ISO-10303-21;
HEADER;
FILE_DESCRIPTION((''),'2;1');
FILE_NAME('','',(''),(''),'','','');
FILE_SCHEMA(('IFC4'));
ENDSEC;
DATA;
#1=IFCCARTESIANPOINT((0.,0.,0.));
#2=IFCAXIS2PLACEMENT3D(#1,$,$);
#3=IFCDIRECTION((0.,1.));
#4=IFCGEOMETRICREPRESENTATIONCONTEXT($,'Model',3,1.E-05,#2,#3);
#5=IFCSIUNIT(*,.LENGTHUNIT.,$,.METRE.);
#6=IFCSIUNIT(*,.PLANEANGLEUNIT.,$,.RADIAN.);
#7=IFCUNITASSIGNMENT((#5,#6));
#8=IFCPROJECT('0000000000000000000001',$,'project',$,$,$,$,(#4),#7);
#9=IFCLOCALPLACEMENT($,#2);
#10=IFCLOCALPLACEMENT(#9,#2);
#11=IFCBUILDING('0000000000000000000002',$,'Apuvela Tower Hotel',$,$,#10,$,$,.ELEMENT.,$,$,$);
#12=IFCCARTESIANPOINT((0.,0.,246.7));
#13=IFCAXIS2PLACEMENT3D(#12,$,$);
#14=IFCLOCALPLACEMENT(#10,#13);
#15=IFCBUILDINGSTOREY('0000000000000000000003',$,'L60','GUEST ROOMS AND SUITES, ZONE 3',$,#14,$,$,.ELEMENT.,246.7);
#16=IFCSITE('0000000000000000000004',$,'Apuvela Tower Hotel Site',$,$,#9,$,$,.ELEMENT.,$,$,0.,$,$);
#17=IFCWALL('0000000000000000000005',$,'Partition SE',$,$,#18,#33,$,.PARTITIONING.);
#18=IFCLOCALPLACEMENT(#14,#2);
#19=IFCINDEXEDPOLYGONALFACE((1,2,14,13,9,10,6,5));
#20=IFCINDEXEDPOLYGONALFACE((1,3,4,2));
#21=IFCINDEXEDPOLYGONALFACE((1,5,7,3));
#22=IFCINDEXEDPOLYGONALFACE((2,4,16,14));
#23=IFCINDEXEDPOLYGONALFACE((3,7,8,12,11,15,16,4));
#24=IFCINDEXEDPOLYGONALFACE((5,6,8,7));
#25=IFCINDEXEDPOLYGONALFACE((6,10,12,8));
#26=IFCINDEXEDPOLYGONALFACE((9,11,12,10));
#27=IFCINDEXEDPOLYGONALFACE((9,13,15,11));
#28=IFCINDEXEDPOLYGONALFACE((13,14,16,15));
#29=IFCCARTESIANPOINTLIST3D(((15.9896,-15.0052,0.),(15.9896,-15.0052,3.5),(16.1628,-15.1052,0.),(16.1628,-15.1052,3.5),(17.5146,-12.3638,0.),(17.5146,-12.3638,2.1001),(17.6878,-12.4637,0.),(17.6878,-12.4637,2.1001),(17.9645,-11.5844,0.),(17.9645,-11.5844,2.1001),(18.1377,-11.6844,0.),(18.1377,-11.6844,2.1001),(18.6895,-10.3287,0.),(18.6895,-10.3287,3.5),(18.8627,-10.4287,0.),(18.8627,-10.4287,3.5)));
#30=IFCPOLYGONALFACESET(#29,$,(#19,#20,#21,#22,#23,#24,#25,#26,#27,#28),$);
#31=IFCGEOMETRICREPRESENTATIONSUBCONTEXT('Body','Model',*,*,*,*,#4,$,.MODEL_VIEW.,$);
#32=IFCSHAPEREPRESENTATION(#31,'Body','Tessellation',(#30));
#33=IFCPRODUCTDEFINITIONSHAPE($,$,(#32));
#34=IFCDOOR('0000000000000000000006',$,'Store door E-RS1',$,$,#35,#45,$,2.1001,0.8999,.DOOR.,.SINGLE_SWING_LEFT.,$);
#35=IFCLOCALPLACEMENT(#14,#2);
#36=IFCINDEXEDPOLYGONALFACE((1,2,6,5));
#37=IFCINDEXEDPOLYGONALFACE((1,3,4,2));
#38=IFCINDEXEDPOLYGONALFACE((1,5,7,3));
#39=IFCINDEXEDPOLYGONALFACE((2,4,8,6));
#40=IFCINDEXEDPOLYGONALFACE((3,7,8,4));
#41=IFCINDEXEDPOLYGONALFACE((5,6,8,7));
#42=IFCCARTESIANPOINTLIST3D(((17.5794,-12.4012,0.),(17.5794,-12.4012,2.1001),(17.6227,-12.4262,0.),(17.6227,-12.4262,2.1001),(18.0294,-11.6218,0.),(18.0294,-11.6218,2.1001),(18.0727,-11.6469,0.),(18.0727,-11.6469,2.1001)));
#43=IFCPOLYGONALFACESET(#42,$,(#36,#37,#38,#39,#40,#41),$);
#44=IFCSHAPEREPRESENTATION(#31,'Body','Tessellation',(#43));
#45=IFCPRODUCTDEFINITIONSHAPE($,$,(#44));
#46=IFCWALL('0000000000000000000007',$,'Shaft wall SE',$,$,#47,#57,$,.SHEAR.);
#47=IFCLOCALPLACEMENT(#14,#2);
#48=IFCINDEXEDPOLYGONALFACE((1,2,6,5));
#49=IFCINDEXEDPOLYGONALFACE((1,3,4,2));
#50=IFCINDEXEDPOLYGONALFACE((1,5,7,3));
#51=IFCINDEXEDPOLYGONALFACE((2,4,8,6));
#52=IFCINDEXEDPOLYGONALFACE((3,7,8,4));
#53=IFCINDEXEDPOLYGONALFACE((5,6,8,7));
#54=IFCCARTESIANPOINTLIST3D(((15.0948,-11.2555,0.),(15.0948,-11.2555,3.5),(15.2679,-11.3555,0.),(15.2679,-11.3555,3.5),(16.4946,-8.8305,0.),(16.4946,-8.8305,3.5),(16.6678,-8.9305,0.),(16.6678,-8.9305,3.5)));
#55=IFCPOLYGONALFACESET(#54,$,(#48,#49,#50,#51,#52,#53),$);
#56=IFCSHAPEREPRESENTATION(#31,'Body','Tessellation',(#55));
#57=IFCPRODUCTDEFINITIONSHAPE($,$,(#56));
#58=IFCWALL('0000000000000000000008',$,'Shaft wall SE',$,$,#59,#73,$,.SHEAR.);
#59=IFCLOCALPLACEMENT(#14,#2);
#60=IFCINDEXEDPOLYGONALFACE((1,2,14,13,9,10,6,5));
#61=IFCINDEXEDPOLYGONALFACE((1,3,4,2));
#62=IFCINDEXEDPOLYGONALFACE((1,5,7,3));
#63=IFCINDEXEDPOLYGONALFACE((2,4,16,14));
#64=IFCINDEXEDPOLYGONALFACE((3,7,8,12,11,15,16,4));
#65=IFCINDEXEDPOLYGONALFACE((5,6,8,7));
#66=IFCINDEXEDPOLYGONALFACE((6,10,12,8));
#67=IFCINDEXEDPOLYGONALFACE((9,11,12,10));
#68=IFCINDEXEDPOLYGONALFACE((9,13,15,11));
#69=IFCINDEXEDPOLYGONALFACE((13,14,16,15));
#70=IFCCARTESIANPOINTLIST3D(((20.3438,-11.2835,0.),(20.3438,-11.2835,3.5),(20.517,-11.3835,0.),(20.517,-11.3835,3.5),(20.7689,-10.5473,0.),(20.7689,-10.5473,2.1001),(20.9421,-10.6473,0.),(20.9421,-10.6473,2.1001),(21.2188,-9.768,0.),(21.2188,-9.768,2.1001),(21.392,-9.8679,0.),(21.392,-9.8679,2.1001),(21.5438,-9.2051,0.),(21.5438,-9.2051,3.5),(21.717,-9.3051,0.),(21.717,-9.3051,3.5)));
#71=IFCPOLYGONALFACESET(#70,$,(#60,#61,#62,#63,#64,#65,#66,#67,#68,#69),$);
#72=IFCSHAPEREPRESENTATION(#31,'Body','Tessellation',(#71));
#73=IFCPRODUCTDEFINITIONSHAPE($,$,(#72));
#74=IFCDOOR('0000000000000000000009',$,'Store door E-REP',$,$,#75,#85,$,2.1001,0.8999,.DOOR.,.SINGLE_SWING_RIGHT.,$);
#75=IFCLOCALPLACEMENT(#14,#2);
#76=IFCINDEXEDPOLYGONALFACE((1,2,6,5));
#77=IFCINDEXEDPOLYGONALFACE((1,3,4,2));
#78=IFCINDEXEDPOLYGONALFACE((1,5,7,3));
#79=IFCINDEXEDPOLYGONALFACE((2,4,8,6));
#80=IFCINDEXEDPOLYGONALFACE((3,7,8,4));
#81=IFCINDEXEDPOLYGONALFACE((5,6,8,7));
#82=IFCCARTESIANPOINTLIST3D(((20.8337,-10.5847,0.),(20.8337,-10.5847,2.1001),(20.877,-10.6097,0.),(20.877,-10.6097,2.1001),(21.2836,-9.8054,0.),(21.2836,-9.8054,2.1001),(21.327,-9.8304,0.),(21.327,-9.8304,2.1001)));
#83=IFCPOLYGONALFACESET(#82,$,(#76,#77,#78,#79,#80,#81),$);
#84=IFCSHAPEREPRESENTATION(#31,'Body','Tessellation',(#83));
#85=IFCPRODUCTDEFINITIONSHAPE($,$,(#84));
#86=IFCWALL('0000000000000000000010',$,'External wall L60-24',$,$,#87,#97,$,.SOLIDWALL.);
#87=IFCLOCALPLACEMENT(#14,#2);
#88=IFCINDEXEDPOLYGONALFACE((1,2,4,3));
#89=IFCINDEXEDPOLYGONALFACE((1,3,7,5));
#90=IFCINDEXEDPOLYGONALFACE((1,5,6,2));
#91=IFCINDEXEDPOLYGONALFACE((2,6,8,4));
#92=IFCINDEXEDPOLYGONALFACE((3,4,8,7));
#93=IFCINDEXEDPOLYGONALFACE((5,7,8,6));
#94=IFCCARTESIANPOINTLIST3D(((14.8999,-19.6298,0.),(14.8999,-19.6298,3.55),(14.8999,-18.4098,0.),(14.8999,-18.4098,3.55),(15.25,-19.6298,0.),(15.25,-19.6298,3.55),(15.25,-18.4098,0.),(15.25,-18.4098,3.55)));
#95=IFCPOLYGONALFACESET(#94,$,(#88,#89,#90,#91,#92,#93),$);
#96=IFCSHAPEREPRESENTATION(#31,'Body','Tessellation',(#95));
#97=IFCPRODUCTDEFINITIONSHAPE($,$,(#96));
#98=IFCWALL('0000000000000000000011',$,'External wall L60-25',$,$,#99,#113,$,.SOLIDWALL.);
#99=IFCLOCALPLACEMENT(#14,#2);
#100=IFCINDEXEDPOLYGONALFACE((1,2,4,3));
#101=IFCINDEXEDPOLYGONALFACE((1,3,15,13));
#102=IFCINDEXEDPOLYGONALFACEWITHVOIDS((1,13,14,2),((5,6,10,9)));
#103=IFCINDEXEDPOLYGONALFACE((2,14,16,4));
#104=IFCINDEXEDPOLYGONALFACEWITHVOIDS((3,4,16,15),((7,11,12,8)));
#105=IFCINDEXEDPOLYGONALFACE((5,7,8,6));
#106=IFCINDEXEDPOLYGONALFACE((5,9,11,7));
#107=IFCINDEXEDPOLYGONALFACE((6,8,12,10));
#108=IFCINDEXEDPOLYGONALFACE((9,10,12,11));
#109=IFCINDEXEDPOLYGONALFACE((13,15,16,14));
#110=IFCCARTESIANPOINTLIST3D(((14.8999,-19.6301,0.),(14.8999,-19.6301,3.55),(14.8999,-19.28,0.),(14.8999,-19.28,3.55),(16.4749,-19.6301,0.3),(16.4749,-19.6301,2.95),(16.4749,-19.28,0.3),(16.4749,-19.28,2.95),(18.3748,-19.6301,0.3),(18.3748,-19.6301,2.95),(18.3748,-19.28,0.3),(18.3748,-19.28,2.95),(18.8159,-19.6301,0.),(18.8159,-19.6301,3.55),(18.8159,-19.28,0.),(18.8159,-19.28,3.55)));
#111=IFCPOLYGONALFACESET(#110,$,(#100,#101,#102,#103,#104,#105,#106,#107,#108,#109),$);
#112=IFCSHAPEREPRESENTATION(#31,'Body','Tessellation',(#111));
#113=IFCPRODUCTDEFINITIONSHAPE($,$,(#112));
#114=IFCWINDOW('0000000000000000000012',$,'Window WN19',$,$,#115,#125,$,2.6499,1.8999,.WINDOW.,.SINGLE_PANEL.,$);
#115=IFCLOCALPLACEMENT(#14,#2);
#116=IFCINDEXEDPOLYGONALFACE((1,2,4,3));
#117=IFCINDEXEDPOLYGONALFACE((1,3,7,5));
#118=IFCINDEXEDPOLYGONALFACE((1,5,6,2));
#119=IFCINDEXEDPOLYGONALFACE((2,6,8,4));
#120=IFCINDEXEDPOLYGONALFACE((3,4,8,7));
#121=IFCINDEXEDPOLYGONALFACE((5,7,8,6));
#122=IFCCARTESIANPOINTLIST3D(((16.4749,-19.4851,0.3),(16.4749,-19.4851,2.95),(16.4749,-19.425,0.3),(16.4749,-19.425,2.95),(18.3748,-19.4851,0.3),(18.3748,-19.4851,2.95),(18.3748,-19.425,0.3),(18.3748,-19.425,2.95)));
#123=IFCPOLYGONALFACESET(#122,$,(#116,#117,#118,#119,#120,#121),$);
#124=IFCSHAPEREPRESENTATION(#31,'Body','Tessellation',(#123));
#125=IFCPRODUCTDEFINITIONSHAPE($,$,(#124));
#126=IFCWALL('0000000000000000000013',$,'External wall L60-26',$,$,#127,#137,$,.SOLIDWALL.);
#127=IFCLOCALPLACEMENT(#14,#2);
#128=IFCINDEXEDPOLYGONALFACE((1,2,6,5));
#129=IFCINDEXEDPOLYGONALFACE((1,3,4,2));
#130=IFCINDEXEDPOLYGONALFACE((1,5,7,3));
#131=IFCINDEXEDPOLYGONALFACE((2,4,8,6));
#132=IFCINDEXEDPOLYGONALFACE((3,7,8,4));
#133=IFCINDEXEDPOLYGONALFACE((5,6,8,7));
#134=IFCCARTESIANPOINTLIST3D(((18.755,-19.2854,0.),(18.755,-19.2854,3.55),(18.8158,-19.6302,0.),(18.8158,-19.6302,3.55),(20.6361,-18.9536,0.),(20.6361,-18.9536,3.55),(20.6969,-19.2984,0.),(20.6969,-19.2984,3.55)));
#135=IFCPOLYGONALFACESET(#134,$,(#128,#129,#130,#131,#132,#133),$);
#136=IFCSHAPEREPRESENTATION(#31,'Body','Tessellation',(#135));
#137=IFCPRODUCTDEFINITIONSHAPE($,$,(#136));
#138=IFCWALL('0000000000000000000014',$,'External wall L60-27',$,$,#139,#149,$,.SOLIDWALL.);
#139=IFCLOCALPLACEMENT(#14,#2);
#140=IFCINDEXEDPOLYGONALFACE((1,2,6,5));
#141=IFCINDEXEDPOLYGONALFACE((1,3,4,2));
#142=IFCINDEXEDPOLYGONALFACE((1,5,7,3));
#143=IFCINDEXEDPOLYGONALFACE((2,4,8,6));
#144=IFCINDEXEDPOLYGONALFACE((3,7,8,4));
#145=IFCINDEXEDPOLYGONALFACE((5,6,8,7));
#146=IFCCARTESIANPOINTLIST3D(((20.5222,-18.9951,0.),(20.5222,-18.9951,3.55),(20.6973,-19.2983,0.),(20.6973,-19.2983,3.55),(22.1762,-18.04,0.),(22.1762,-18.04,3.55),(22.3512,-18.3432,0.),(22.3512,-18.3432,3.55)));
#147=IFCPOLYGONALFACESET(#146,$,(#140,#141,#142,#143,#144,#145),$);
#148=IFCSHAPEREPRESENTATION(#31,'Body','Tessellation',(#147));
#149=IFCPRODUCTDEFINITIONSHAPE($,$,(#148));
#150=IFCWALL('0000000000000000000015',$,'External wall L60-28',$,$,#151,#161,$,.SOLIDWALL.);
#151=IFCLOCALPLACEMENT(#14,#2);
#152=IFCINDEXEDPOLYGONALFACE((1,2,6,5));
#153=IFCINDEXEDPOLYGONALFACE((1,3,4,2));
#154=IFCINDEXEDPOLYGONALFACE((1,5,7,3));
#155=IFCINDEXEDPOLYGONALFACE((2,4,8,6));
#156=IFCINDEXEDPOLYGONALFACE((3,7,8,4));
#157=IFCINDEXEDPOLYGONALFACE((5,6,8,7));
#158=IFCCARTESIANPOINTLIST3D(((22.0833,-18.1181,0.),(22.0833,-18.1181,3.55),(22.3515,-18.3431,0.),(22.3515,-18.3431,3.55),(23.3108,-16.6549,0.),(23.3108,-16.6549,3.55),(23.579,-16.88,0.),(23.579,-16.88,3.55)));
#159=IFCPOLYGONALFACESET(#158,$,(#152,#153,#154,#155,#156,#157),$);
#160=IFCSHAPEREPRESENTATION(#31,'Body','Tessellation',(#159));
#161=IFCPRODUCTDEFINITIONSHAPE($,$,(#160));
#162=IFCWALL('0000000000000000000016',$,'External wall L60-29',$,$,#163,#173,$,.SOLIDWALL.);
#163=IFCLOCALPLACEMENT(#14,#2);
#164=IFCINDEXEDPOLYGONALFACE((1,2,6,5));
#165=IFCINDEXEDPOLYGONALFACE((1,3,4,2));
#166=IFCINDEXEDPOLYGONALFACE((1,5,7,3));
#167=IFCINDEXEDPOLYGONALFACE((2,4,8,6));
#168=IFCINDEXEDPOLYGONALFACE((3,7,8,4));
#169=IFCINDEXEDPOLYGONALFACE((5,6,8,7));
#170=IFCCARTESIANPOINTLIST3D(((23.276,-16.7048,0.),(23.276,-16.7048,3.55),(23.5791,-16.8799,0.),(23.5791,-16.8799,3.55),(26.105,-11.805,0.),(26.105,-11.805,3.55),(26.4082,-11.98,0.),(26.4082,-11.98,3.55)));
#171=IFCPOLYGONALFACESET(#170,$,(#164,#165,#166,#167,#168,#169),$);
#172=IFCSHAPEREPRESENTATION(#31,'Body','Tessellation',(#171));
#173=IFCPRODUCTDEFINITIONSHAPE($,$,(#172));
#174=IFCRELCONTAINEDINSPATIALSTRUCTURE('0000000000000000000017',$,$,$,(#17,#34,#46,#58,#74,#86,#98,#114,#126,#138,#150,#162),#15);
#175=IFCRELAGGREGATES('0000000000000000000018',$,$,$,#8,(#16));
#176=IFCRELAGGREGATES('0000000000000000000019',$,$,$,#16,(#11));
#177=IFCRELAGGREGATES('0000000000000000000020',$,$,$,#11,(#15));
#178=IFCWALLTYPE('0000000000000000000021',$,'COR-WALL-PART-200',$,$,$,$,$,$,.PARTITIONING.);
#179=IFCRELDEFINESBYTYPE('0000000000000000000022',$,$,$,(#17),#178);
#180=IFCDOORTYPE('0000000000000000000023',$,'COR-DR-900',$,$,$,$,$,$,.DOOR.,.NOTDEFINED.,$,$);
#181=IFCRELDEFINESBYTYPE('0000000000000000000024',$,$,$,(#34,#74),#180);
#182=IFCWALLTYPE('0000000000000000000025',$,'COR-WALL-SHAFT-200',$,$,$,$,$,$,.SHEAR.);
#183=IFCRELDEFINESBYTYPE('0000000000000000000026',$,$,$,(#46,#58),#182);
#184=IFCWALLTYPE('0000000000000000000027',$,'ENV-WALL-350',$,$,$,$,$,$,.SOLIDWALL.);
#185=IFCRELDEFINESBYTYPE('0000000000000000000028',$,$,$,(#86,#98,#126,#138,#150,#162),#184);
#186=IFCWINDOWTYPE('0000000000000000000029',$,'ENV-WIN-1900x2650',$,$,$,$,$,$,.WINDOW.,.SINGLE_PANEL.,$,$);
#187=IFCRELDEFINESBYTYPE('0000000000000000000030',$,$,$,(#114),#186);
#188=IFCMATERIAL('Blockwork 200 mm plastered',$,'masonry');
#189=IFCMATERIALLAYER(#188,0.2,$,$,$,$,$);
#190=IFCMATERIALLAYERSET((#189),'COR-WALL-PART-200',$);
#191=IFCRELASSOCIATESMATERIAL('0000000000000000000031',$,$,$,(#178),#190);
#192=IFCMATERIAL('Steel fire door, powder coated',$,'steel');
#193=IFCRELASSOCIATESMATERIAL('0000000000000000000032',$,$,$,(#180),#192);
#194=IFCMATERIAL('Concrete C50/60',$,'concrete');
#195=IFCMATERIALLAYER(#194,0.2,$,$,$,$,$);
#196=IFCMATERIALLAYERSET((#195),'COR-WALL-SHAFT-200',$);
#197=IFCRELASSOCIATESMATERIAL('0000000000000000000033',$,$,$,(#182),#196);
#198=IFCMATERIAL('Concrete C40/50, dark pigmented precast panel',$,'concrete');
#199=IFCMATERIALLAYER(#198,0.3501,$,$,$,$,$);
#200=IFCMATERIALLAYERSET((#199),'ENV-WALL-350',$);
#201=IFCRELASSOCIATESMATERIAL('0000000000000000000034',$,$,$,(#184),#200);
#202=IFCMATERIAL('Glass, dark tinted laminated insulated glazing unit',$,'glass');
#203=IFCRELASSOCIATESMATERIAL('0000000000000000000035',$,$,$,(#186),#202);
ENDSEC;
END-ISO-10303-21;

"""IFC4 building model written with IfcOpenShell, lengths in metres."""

from ifc_helpers import new_model, si_unit, direction, frame, frame_2d, origin, place, context, subcontext, project, spatial, rectangle, extrude, material, layer, layer_set, type_object, element, fill, save


model = new_model("IFC4")

# Units and contexts
model_context = context("Model", 3, precision=1e-05, world=origin(), true_north=direction((0.0, 1.0)))
body_context = subcontext(model_context, "Body", "Model", "MODEL_VIEW")
ifc_project = project(units=[si_unit("LENGTHUNIT", "METRE"), si_unit("PLANEANGLEUNIT", "RADIAN")], contexts=[model_context])

# Site, building, storey
site_placement = place(None, origin())
site = spatial("IfcSite", under=ifc_project, at=site_placement, Name="Apuvela Tower Hotel Site", CompositionType="ELEMENT", RefElevation=0.0)
building_placement = place(site_placement, origin())
building = spatial("IfcBuilding", under=site, at=building_placement, Name="Apuvela Tower Hotel", CompositionType="ELEMENT")
storey_placement = place(building_placement, frame((0.0, 0.0, 246.7)))
storey = spatial("IfcBuildingStorey", under=building, at=storey_placement, Name="L60", Description="GUEST ROOMS AND SUITES, ZONE 3", CompositionType="ELEMENT", Elevation=246.7)

# Wall, opening, door
ifc_material_1 = material(Name="Blockwork 200 mm plastered", Category="masonry")
ifc_layer_1 = layer(ifc_material_1, 0.2)
ifc_layer_set_1 = layer_set([ifc_layer_1], Name="COR-WALL-PART-200")
wall_type_1 = type_object("IfcWallType", Name="COR-WALL-PART-200", PredefinedType="PARTITIONING", material=ifc_layer_set_1)
wall_1_placement = place(storey_placement, frame((16.0762, -15.0552, 0.0), z_axis=(0.0, 0.0, 1.0), x_axis=(0.499995, 0.866028, 0.0)))
wall_1 = element("IfcWall", 1, at=wall_1_placement, inside=storey, type_object=wall_type_1, Name="Partition SE", PredefinedType="PARTITIONING", context=body_context, shape_type="SweptSolid", body=[
    extrude(rectangle(XDim=5.3999, YDim=0.2, at=frame_2d((2.7, 0.0))), origin(), (0.0, 0.0, 1.0), 3.5),
])
opening_1_placement = place(wall_1_placement, frame((3.05, 0.0, 0.0)))
opening_1 = element("IfcOpeningElement", 2, at=opening_1_placement, cuts=wall_1, PredefinedType="OPENING", context=body_context, shape_type="SweptSolid", body=[
    extrude(rectangle(XDim=0.8999, YDim=2.1001, at=frame_2d((0.45, 1.05))), frame((0.0, 0.1099, 0.0), z_axis=(0.0, -1.0, 0.0), x_axis=(1.0, 0.0, 0.0)), (0.0, 0.0, 1.0), 0.22),
])
ifc_material_2 = material(Name="Steel fire door, powder coated", Category="steel")
door_type_1 = type_object("IfcDoorType", Name="COR-DR-900", OperationType="NOTDEFINED", PredefinedType="DOOR", material=ifc_material_2)
door_1_placement = place(opening_1_placement, frame((0.8999, 0.0, 0.0), z_axis=(0.0, 0.0, 1.0), x_axis=(-1.0, 0.0, 0.0)))
door_1 = element("IfcDoor", 3, at=door_1_placement, inside=storey, type_object=door_type_1, Name="Store door E-RS1", OperationType="SINGLE_SWING_LEFT", OverallHeight=2.1001, OverallWidth=0.8999, PredefinedType="DOOR", context=body_context, shape_type="SweptSolid", body=[
    extrude(rectangle(XDim=0.8999, YDim=2.1001, at=frame_2d((0.45, 1.05))), frame((0.0, 0.0249, 0.0), z_axis=(0.0, -1.0, 0.0), x_axis=(1.0, 0.0, 0.0)), (0.0, 0.0, 1.0), 0.05),
])
fill(opening_1, door_1)

# Wall
ifc_material_3 = material(Name="Concrete C50/60", Category="concrete")
ifc_layer_2 = layer(ifc_material_3, 0.2)
ifc_layer_set_2 = layer_set([ifc_layer_2], Name="COR-WALL-SHAFT-200")
wall_type_2 = type_object("IfcWallType", Name="COR-WALL-SHAFT-200", PredefinedType="SHEAR", material=ifc_layer_set_2)
wall_2_placement = place(storey_placement, frame((15.1814, -11.3054, 0.0), z_axis=(0.0, 0.0, 1.0), x_axis=(0.499946, 0.866056, 0.0)))
element("IfcWall", 4, at=wall_2_placement, inside=storey, type_object=wall_type_2, Name="Shaft wall SE", PredefinedType="SHEAR", context=body_context, shape_type="SweptSolid", body=[
    extrude(rectangle(XDim=2.8, YDim=0.2, at=frame_2d((1.3999, 0.0))), origin(), (0.0, 0.0, 1.0), 3.5),
])

# Wall, opening, door
wall_3_placement = place(storey_placement, frame((20.4304, -11.3335, 0.0), z_axis=(0.0, 0.0, 1.0), x_axis=(0.500001, 0.866025, 0.0)))
wall_3 = element("IfcWall", 5, at=wall_3_placement, inside=storey, type_object=wall_type_2, Name="Shaft wall SE", PredefinedType="SHEAR", context=body_context, shape_type="SweptSolid", body=[
    extrude(rectangle(XDim=2.3999, YDim=0.2, at=frame_2d((1.2, 0.0))), origin(), (0.0, 0.0, 1.0), 3.5),
])
opening_2_placement = place(wall_3_placement, frame((0.8501, 0.0, 0.0)))
opening_2 = element("IfcOpeningElement", 6, at=opening_2_placement, cuts=wall_3, PredefinedType="OPENING", context=body_context, shape_type="SweptSolid", body=[
    extrude(rectangle(XDim=0.8999, YDim=2.1001, at=frame_2d((0.45, 1.05))), frame((0.0, 0.1099, 0.0), z_axis=(0.0, -1.0, 0.0), x_axis=(1.0, 0.0, 0.0)), (0.0, 0.0, 1.0), 0.22),
])
door_2_placement = place(opening_2_placement, frame((0.8999, 0.0, 0.0), z_axis=(0.0, 0.0, 1.0), x_axis=(-1.0, 0.0, 0.0)))
door_2 = element("IfcDoor", 7, at=door_2_placement, inside=storey, type_object=door_type_1, Name="Store door E-REP", OperationType="SINGLE_SWING_RIGHT", OverallHeight=2.1001, OverallWidth=0.8999, PredefinedType="DOOR", context=body_context, shape_type="SweptSolid", body=[
    extrude(rectangle(XDim=0.8999, YDim=2.1001, at=frame_2d((0.45, 1.05))), frame((0.0, 0.0249, 0.0), z_axis=(0.0, -1.0, 0.0), x_axis=(1.0, 0.0, 0.0)), (0.0, 0.0, 1.0), 0.05),
])
fill(opening_2, door_2)

# Wall
ifc_material_4 = material(Name="Concrete C40/50, dark pigmented precast panel", Category="concrete")
ifc_layer_3 = layer(ifc_material_4, 0.3501)
ifc_layer_set_3 = layer_set([ifc_layer_3], Name="ENV-WALL-350")
wall_type_3 = type_object("IfcWallType", Name="ENV-WALL-350", PredefinedType="SOLIDWALL", material=ifc_layer_set_3)
wall_4_placement = place(storey_placement, frame((15.075, -18.4099, 0.0), z_axis=(0.0, 0.0, 1.0), x_axis=(0.0, -1.0, 0.0)))
element("IfcWall", 8, at=wall_4_placement, inside=storey, type_object=wall_type_3, Name="External wall L60-24", PredefinedType="SOLIDWALL", context=body_context, shape_type="SweptSolid", body=[
    extrude(rectangle(XDim=1.22, YDim=0.3501, at=frame_2d((0.6099, 0.0))), origin(), (0.0, 0.0, 1.0), 3.55),
])

# Wall, opening, window
wall_5_placement = place(storey_placement, frame((14.8999, -19.4551, 0.0), z_axis=(0.0, 0.0, 1.0), x_axis=(1.0, 0.0, 0.0)))
wall_5 = element("IfcWall", 9, at=wall_5_placement, inside=storey, type_object=wall_type_3, Name="External wall L60-25", PredefinedType="SOLIDWALL", context=body_context, shape_type="SweptSolid", body=[
    extrude(rectangle(XDim=3.916, YDim=0.3501, at=frame_2d((1.958, 0.0))), origin(), (0.0, 0.0, 1.0), 3.55),
])
opening_3_placement = place(wall_5_placement, frame((1.575, 0.0, 0.3)))
opening_3 = element("IfcOpeningElement", 10, at=opening_3_placement, cuts=wall_5, PredefinedType="OPENING", context=body_context, shape_type="SweptSolid", body=[
    extrude(rectangle(XDim=1.8999, YDim=2.6499, at=frame_2d((0.95, 1.325))), frame((0.0, 0.1851, 0.0), z_axis=(0.0, -1.0, 0.0), x_axis=(1.0, 0.0, 0.0)), (0.0, 0.0, 1.0), 0.3701),
])
ifc_material_5 = material(Name="Glass, dark tinted laminated insulated glazing unit", Category="glass")
window_type = type_object("IfcWindowType", Name="ENV-WIN-1900x2650", PartitioningType="SINGLE_PANEL", PredefinedType="WINDOW", material=ifc_material_5)
window_placement = place(opening_3_placement, origin())
window = element("IfcWindow", 11, at=window_placement, inside=storey, type_object=window_type, Name="Window WN19", OverallHeight=2.6499, OverallWidth=1.8999, PartitioningType="SINGLE_PANEL", PredefinedType="WINDOW", context=body_context, shape_type="SweptSolid", body=[
    extrude(rectangle(XDim=1.8999, YDim=2.6499, at=frame_2d((0.95, 1.325))), frame((0.0, 0.03, 0.0), z_axis=(0.0, -1.0, 0.0), x_axis=(1.0, 0.0, 0.0)), (0.0, 0.0, 1.0), 0.0601),
])
fill(opening_3, window)

# Walls
wall_6_placement = place(storey_placement, frame((18.7854, -19.4578, 0.0), z_axis=(0.0, 0.0, 1.0), x_axis=(0.984799, 0.173698, 0.0)))
element("IfcWall", 12, at=wall_6_placement, inside=storey, type_object=wall_type_3, Name="External wall L60-26", PredefinedType="SOLIDWALL", context=body_context, shape_type="SweptSolid", body=[
    extrude(rectangle(XDim=1.9102, YDim=0.3501, at=frame_2d((0.9551, 0.0))), origin(), (0.0, 0.0, 1.0), 3.55),
])
for number, where, z_axis, x_axis, name in (
    (13, (20.6096, -19.1467, 0.0), (0.0, 0.0, 1.0), (0.866, 0.500043, 0.0), "External wall L60-27"),
    (14, (22.2173, -18.2307, 0.0), (0.0, 0.0, 1.0), (0.642733, 0.76609, 0.0), "External wall L60-28"),
):
    element("IfcWall", number, at=place(storey_placement, frame(where, z_axis=z_axis, x_axis=x_axis)), inside=storey, type_object=wall_type_3, Name=name, PredefinedType="SOLIDWALL", context=body_context, shape_type="SweptSolid", body=[
        extrude(rectangle(XDim=1.9099, YDim=0.3501, at=frame_2d((0.9551, 0.0))), origin(), (0.0, 0.0, 1.0), 3.55),
    ])
wall_7_placement = place(storey_placement, frame((23.4275, -16.7925, 0.0), z_axis=(0.0, 0.0, 1.0), x_axis=(0.500019, 0.866015, 0.0)))
element("IfcWall", 15, at=wall_7_placement, inside=storey, type_object=wall_type_3, Name="External wall L60-29", PredefinedType="SOLIDWALL", context=body_context, shape_type="SweptSolid", body=[
    extrude(rectangle(XDim=5.658, YDim=0.3501, at=frame_2d((2.8291, 0.0))), origin(), (0.0, 0.0, 1.0), 3.55),
])

save(model, "model.ifc")
